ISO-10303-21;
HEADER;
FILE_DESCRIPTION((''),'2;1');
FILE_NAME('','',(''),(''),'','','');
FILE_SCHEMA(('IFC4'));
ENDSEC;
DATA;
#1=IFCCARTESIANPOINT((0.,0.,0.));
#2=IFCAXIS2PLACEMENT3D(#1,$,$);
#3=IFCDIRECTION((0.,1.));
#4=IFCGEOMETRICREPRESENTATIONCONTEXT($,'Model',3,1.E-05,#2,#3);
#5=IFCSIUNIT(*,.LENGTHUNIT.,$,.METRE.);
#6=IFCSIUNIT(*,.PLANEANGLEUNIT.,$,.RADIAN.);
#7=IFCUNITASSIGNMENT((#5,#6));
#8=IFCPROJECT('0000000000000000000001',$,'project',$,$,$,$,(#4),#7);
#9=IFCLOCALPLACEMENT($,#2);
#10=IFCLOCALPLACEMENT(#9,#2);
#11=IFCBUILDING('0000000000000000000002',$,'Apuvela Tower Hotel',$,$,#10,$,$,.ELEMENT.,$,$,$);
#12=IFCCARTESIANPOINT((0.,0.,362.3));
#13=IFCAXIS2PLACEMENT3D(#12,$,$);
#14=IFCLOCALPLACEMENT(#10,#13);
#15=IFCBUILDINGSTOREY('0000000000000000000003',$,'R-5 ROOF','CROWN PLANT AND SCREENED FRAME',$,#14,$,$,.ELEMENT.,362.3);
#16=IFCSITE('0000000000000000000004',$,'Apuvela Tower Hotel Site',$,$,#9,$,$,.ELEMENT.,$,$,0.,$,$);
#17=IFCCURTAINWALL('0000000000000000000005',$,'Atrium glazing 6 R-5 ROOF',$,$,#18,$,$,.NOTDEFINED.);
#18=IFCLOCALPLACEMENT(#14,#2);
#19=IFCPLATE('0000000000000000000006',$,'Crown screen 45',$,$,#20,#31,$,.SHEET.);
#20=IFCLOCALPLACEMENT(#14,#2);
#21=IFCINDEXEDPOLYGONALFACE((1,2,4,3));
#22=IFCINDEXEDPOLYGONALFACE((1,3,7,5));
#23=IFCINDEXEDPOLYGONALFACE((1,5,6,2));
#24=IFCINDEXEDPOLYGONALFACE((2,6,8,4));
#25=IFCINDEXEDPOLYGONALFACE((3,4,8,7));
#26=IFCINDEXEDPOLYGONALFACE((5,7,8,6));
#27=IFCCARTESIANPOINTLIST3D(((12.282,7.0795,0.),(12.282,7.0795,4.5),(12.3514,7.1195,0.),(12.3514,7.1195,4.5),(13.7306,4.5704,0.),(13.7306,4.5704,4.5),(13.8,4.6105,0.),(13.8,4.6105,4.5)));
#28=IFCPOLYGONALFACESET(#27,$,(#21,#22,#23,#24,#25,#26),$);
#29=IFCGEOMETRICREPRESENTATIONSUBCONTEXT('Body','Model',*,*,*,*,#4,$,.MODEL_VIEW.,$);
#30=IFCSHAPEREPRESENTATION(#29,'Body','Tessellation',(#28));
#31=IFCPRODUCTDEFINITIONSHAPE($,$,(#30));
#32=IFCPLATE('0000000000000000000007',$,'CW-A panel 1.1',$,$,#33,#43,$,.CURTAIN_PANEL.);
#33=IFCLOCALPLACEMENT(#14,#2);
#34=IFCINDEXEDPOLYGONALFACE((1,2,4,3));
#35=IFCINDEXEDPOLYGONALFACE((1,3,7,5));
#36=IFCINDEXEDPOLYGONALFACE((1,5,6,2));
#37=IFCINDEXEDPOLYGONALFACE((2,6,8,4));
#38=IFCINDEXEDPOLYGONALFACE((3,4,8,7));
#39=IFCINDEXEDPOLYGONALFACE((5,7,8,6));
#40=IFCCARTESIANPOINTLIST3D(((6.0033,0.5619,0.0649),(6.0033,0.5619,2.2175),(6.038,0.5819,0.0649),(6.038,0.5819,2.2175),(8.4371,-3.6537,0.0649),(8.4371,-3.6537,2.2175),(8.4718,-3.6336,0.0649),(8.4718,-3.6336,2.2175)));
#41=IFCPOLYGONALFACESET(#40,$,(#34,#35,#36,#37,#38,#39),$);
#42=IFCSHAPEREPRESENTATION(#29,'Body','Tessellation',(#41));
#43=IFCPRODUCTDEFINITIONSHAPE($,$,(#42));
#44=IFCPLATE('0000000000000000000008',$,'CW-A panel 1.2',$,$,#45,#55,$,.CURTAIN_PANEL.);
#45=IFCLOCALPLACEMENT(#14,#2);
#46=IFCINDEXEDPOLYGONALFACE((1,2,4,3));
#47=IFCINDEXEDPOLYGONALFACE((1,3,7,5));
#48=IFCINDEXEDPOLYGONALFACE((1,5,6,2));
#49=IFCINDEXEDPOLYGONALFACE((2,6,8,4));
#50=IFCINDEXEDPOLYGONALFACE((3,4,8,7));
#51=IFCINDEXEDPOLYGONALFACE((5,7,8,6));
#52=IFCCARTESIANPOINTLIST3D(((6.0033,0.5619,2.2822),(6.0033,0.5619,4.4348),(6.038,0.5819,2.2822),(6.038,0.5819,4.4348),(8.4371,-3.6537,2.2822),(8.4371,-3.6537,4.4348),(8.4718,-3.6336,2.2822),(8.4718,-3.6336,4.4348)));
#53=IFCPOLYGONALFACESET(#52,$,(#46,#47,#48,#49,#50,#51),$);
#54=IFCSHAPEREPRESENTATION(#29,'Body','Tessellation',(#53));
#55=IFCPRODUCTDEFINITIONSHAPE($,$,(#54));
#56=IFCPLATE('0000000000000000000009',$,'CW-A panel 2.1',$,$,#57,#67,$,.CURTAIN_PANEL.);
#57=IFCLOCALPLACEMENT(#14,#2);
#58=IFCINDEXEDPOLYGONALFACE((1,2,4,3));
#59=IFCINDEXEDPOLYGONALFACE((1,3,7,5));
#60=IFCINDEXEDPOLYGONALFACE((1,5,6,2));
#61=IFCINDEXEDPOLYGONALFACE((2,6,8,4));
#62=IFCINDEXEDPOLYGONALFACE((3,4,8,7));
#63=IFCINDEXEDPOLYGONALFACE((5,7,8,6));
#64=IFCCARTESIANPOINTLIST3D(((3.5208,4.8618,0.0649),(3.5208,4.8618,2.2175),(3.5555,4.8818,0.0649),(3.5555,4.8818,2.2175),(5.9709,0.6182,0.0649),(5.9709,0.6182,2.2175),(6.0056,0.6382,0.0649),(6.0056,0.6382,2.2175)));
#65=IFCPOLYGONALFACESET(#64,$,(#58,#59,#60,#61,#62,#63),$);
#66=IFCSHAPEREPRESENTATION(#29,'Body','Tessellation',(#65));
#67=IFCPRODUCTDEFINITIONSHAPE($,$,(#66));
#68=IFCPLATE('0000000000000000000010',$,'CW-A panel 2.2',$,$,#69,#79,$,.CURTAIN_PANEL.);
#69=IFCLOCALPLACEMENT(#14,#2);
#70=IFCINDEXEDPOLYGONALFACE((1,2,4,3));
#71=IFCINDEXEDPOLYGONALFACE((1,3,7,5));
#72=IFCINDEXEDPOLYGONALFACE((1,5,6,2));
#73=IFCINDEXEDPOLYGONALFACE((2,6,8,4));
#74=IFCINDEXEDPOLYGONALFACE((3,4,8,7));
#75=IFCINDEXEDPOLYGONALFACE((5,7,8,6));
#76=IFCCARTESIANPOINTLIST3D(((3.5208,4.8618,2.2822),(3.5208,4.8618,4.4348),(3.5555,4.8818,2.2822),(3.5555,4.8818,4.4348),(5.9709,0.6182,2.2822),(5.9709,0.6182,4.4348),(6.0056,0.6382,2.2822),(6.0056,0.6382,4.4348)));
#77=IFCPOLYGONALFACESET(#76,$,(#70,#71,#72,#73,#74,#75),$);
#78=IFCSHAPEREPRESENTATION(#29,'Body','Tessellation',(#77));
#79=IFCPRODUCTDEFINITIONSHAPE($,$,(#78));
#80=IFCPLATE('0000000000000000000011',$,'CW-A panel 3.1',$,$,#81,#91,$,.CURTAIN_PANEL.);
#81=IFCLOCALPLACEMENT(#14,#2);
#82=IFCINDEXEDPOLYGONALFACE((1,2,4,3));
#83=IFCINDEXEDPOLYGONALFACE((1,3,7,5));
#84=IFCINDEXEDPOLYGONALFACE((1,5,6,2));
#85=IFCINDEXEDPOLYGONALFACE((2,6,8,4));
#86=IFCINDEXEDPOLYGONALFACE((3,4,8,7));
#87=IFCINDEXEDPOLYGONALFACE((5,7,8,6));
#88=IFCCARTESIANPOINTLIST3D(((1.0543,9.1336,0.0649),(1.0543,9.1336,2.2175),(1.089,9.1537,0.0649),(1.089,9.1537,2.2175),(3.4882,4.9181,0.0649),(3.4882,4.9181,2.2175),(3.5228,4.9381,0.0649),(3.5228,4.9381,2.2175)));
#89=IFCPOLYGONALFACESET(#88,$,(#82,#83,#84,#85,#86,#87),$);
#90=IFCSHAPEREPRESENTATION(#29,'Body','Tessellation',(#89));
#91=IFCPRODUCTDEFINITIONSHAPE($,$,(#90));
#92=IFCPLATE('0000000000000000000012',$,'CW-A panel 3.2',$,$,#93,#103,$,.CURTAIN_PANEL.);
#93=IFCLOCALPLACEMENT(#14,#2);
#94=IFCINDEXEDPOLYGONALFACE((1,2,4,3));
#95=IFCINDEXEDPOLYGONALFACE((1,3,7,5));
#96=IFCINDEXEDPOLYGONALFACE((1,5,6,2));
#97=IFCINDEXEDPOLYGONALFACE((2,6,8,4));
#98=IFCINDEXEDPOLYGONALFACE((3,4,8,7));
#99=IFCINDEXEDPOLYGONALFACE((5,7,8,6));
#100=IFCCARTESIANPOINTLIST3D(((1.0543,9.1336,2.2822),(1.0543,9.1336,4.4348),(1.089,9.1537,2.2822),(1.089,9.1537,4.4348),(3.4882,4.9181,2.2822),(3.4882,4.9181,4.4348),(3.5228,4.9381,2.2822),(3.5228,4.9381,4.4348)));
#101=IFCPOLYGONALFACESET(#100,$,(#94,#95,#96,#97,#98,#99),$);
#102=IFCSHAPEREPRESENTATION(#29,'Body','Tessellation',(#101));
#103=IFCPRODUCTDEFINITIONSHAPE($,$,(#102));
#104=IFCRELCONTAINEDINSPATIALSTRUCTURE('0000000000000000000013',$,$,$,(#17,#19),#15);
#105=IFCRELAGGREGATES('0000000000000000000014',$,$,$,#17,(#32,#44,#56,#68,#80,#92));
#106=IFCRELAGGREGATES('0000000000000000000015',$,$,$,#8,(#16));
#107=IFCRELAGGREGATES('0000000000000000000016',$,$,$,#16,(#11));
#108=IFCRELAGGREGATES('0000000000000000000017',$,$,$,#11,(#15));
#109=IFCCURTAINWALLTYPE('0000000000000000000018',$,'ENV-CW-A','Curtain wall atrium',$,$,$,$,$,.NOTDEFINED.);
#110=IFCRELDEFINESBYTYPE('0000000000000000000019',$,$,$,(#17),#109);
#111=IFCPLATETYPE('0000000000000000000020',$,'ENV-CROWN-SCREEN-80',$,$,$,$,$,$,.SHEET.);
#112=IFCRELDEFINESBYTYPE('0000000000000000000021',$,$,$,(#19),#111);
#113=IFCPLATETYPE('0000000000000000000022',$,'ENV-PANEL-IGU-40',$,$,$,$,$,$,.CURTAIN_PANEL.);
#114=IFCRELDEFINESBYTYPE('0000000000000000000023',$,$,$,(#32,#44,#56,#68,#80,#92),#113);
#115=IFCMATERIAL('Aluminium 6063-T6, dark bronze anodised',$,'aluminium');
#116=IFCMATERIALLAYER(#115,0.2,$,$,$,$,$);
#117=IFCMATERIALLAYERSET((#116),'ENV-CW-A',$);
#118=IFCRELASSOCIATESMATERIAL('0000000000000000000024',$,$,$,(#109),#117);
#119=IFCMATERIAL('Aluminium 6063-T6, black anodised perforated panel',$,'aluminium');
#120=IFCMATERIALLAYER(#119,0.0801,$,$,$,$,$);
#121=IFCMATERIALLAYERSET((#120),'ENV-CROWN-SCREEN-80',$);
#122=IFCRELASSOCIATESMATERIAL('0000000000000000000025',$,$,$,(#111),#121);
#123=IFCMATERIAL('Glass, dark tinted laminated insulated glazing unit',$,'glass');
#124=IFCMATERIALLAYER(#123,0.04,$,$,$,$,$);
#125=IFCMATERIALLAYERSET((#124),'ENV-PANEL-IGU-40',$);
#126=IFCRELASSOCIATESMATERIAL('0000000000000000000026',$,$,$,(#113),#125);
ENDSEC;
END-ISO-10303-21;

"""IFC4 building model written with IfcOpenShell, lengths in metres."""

from ifc_helpers import new_model, si_unit, direction, frame, origin, origin_2d, place, context, subcontext, project, spatial, rectangle, extrude, material, layer, layer_set, type_object, element, aggregate, save


model = new_model("IFC4")

# Units and contexts
model_context = context("Model", 3, precision=1e-05, world=origin(), true_north=direction((0.0, 1.0)))
body_context = subcontext(model_context, "Body", "Model", "MODEL_VIEW")
ifc_project = project(units=[si_unit("LENGTHUNIT", "METRE"), si_unit("PLANEANGLEUNIT", "RADIAN")], contexts=[model_context])

# Site, building, storey
site_placement = place(None, origin())
site = spatial("IfcSite", under=ifc_project, at=site_placement, Name="Apuvela Tower Hotel Site", CompositionType="ELEMENT", RefElevation=0.0)
building_placement = place(site_placement, origin())
building = spatial("IfcBuilding", under=site, at=building_placement, Name="Apuvela Tower Hotel", CompositionType="ELEMENT")
storey_placement = place(building_placement, frame((0.0, 0.0, 362.3)))
storey = spatial("IfcBuildingStorey", under=building, at=storey_placement, Name="R-5 ROOF", Description="CROWN PLANT AND SCREENED FRAME", CompositionType="ELEMENT", Elevation=362.3)

# Shared definitions
ifc_material_1 = material(Name="Aluminium 6063-T6, dark bronze anodised", Category="aluminium")

# Curtain wall
ifc_layer_1 = layer(ifc_material_1, 0.2)
ifc_layer_set_1 = layer_set([ifc_layer_1], Name="ENV-CW-A")
curtain_wall_type_1 = type_object("IfcCurtainWallType", Name="ENV-CW-A", Description="Curtain wall atrium", PredefinedType="NOTDEFINED", material=ifc_layer_set_1)
curtain_wall_1_placement = place(storey_placement, origin())
curtain_wall_1 = element("IfcCurtainWall", 1, at=curtain_wall_1_placement, inside=storey, type_object=curtain_wall_type_1, Name="Atrium glazing 6 R-5 ROOF", PredefinedType="NOTDEFINED")

# Plate
ifc_material_2 = material(Name="Aluminium 6063-T6, black anodised perforated panel", Category="aluminium")
ifc_layer_2 = layer(ifc_material_2, 0.0801)
ifc_layer_set_2 = layer_set([ifc_layer_2], Name="ENV-CROWN-SCREEN-80")
plate_type_1 = type_object("IfcPlateType", Name="ENV-CROWN-SCREEN-80", PredefinedType="SHEET", material=ifc_layer_set_2)
for number, where, z_axis, x_axis, name in (
    (2, (13.041, 5.845, 0.0), (0.0, 0.0, 1.0), (-0.5, 0.866025, 0.0), "Crown screen 45"),
):
    element("IfcPlate", number, at=place(storey_placement, frame(where, z_axis=z_axis, x_axis=x_axis)), inside=storey, type_object=plate_type_1, Name=name, PredefinedType="SHEET", context=body_context, shape_type="SweptSolid", body=[
        extrude(rectangle(XDim=2.8972, YDim=0.0801, at=origin_2d()), origin(), (0.0, 0.0, 1.0), 4.5),
    ])

# Plates
ifc_material_3 = material(Name="Glass, dark tinted laminated insulated glazing unit", Category="glass")
ifc_layer_3 = layer(ifc_material_3, 0.04)
ifc_layer_set_3 = layer_set([ifc_layer_3], Name="ENV-PANEL-IGU-40")
plate_type_2 = type_object("IfcPlateType", Name="ENV-PANEL-IGU-40", PredefinedType="CURTAIN_PANEL", material=ifc_layer_set_3)
plate_1_placement = place(storey_placement, frame((7.2375, -1.5359, 0.0649), z_axis=(0.0, 0.0, 1.0), x_axis=(-0.499999, 0.866026, 0.0)))
plate_1 = element("IfcPlate", 3, at=plate_1_placement, type_object=plate_type_2, Name="CW-A panel 1.1", PredefinedType="CURTAIN_PANEL", context=body_context, shape_type="SweptSolid", body=[
    extrude(rectangle(XDim=4.8677, YDim=0.04, at=origin_2d()), origin(), (0.0, 0.0, 1.0), 2.1526),
])
plate_2_placement = place(storey_placement, frame((7.2375, -1.5359, 2.2822), z_axis=(0.0, 0.0, 1.0), x_axis=(-0.499999, 0.866026, 0.0)))
plate_2 = element("IfcPlate", 4, at=plate_2_placement, type_object=plate_type_2, Name="CW-A panel 1.2", PredefinedType="CURTAIN_PANEL", context=body_context, shape_type="SweptSolid", body=[
    extrude(rectangle(XDim=4.8677, YDim=0.04, at=origin_2d()), origin(), (0.0, 0.0, 1.0), 2.1526),
])
plate_3_placement = place(storey_placement, frame((4.7632, 2.75, 0.0649), z_axis=(0.0, 0.0, 1.0), x_axis=(-0.499999, 0.866026, 0.0)))
plate_3 = element("IfcPlate", 5, at=plate_3_placement, type_object=plate_type_2, Name="CW-A panel 2.1", PredefinedType="CURTAIN_PANEL", context=body_context, shape_type="SweptSolid", body=[
    extrude(rectangle(XDim=4.9001, YDim=0.04, at=origin_2d()), origin(), (0.0, 0.0, 1.0), 2.1526),
])
plate_4_placement = place(storey_placement, frame((4.7632, 2.75, 2.2822), z_axis=(0.0, 0.0, 1.0), x_axis=(-0.499999, 0.866026, 0.0)))
plate_4 = element("IfcPlate", 6, at=plate_4_placement, type_object=plate_type_2, Name="CW-A panel 2.2", PredefinedType="CURTAIN_PANEL", context=body_context, shape_type="SweptSolid", body=[
    extrude(rectangle(XDim=4.9001, YDim=0.04, at=origin_2d()), origin(), (0.0, 0.0, 1.0), 2.1526),
])
plate_5_placement = place(storey_placement, frame((2.2886, 7.0359, 0.0649), z_axis=(0.0, 0.0, 1.0), x_axis=(-0.499999, 0.866026, 0.0)))
plate_5 = element("IfcPlate", 7, at=plate_5_placement, type_object=plate_type_2, Name="CW-A panel 3.1", PredefinedType="CURTAIN_PANEL", context=body_context, shape_type="SweptSolid", body=[
    extrude(rectangle(XDim=4.8677, YDim=0.04, at=origin_2d()), origin(), (0.0, 0.0, 1.0), 2.1526),
])
plate_6_placement = place(storey_placement, frame((2.2886, 7.0359, 2.2822), z_axis=(0.0, 0.0, 1.0), x_axis=(-0.499999, 0.866026, 0.0)))
plate_6 = element("IfcPlate", 8, at=plate_6_placement, type_object=plate_type_2, Name="CW-A panel 3.2", PredefinedType="CURTAIN_PANEL", context=body_context, shape_type="SweptSolid", body=[
    extrude(rectangle(XDim=4.8677, YDim=0.04, at=origin_2d()), origin(), (0.0, 0.0, 1.0), 2.1526),
])
aggregate(curtain_wall_1, [plate_1, plate_2, plate_3, plate_4, plate_5, plate_6])

save(model, "model.ifc")
